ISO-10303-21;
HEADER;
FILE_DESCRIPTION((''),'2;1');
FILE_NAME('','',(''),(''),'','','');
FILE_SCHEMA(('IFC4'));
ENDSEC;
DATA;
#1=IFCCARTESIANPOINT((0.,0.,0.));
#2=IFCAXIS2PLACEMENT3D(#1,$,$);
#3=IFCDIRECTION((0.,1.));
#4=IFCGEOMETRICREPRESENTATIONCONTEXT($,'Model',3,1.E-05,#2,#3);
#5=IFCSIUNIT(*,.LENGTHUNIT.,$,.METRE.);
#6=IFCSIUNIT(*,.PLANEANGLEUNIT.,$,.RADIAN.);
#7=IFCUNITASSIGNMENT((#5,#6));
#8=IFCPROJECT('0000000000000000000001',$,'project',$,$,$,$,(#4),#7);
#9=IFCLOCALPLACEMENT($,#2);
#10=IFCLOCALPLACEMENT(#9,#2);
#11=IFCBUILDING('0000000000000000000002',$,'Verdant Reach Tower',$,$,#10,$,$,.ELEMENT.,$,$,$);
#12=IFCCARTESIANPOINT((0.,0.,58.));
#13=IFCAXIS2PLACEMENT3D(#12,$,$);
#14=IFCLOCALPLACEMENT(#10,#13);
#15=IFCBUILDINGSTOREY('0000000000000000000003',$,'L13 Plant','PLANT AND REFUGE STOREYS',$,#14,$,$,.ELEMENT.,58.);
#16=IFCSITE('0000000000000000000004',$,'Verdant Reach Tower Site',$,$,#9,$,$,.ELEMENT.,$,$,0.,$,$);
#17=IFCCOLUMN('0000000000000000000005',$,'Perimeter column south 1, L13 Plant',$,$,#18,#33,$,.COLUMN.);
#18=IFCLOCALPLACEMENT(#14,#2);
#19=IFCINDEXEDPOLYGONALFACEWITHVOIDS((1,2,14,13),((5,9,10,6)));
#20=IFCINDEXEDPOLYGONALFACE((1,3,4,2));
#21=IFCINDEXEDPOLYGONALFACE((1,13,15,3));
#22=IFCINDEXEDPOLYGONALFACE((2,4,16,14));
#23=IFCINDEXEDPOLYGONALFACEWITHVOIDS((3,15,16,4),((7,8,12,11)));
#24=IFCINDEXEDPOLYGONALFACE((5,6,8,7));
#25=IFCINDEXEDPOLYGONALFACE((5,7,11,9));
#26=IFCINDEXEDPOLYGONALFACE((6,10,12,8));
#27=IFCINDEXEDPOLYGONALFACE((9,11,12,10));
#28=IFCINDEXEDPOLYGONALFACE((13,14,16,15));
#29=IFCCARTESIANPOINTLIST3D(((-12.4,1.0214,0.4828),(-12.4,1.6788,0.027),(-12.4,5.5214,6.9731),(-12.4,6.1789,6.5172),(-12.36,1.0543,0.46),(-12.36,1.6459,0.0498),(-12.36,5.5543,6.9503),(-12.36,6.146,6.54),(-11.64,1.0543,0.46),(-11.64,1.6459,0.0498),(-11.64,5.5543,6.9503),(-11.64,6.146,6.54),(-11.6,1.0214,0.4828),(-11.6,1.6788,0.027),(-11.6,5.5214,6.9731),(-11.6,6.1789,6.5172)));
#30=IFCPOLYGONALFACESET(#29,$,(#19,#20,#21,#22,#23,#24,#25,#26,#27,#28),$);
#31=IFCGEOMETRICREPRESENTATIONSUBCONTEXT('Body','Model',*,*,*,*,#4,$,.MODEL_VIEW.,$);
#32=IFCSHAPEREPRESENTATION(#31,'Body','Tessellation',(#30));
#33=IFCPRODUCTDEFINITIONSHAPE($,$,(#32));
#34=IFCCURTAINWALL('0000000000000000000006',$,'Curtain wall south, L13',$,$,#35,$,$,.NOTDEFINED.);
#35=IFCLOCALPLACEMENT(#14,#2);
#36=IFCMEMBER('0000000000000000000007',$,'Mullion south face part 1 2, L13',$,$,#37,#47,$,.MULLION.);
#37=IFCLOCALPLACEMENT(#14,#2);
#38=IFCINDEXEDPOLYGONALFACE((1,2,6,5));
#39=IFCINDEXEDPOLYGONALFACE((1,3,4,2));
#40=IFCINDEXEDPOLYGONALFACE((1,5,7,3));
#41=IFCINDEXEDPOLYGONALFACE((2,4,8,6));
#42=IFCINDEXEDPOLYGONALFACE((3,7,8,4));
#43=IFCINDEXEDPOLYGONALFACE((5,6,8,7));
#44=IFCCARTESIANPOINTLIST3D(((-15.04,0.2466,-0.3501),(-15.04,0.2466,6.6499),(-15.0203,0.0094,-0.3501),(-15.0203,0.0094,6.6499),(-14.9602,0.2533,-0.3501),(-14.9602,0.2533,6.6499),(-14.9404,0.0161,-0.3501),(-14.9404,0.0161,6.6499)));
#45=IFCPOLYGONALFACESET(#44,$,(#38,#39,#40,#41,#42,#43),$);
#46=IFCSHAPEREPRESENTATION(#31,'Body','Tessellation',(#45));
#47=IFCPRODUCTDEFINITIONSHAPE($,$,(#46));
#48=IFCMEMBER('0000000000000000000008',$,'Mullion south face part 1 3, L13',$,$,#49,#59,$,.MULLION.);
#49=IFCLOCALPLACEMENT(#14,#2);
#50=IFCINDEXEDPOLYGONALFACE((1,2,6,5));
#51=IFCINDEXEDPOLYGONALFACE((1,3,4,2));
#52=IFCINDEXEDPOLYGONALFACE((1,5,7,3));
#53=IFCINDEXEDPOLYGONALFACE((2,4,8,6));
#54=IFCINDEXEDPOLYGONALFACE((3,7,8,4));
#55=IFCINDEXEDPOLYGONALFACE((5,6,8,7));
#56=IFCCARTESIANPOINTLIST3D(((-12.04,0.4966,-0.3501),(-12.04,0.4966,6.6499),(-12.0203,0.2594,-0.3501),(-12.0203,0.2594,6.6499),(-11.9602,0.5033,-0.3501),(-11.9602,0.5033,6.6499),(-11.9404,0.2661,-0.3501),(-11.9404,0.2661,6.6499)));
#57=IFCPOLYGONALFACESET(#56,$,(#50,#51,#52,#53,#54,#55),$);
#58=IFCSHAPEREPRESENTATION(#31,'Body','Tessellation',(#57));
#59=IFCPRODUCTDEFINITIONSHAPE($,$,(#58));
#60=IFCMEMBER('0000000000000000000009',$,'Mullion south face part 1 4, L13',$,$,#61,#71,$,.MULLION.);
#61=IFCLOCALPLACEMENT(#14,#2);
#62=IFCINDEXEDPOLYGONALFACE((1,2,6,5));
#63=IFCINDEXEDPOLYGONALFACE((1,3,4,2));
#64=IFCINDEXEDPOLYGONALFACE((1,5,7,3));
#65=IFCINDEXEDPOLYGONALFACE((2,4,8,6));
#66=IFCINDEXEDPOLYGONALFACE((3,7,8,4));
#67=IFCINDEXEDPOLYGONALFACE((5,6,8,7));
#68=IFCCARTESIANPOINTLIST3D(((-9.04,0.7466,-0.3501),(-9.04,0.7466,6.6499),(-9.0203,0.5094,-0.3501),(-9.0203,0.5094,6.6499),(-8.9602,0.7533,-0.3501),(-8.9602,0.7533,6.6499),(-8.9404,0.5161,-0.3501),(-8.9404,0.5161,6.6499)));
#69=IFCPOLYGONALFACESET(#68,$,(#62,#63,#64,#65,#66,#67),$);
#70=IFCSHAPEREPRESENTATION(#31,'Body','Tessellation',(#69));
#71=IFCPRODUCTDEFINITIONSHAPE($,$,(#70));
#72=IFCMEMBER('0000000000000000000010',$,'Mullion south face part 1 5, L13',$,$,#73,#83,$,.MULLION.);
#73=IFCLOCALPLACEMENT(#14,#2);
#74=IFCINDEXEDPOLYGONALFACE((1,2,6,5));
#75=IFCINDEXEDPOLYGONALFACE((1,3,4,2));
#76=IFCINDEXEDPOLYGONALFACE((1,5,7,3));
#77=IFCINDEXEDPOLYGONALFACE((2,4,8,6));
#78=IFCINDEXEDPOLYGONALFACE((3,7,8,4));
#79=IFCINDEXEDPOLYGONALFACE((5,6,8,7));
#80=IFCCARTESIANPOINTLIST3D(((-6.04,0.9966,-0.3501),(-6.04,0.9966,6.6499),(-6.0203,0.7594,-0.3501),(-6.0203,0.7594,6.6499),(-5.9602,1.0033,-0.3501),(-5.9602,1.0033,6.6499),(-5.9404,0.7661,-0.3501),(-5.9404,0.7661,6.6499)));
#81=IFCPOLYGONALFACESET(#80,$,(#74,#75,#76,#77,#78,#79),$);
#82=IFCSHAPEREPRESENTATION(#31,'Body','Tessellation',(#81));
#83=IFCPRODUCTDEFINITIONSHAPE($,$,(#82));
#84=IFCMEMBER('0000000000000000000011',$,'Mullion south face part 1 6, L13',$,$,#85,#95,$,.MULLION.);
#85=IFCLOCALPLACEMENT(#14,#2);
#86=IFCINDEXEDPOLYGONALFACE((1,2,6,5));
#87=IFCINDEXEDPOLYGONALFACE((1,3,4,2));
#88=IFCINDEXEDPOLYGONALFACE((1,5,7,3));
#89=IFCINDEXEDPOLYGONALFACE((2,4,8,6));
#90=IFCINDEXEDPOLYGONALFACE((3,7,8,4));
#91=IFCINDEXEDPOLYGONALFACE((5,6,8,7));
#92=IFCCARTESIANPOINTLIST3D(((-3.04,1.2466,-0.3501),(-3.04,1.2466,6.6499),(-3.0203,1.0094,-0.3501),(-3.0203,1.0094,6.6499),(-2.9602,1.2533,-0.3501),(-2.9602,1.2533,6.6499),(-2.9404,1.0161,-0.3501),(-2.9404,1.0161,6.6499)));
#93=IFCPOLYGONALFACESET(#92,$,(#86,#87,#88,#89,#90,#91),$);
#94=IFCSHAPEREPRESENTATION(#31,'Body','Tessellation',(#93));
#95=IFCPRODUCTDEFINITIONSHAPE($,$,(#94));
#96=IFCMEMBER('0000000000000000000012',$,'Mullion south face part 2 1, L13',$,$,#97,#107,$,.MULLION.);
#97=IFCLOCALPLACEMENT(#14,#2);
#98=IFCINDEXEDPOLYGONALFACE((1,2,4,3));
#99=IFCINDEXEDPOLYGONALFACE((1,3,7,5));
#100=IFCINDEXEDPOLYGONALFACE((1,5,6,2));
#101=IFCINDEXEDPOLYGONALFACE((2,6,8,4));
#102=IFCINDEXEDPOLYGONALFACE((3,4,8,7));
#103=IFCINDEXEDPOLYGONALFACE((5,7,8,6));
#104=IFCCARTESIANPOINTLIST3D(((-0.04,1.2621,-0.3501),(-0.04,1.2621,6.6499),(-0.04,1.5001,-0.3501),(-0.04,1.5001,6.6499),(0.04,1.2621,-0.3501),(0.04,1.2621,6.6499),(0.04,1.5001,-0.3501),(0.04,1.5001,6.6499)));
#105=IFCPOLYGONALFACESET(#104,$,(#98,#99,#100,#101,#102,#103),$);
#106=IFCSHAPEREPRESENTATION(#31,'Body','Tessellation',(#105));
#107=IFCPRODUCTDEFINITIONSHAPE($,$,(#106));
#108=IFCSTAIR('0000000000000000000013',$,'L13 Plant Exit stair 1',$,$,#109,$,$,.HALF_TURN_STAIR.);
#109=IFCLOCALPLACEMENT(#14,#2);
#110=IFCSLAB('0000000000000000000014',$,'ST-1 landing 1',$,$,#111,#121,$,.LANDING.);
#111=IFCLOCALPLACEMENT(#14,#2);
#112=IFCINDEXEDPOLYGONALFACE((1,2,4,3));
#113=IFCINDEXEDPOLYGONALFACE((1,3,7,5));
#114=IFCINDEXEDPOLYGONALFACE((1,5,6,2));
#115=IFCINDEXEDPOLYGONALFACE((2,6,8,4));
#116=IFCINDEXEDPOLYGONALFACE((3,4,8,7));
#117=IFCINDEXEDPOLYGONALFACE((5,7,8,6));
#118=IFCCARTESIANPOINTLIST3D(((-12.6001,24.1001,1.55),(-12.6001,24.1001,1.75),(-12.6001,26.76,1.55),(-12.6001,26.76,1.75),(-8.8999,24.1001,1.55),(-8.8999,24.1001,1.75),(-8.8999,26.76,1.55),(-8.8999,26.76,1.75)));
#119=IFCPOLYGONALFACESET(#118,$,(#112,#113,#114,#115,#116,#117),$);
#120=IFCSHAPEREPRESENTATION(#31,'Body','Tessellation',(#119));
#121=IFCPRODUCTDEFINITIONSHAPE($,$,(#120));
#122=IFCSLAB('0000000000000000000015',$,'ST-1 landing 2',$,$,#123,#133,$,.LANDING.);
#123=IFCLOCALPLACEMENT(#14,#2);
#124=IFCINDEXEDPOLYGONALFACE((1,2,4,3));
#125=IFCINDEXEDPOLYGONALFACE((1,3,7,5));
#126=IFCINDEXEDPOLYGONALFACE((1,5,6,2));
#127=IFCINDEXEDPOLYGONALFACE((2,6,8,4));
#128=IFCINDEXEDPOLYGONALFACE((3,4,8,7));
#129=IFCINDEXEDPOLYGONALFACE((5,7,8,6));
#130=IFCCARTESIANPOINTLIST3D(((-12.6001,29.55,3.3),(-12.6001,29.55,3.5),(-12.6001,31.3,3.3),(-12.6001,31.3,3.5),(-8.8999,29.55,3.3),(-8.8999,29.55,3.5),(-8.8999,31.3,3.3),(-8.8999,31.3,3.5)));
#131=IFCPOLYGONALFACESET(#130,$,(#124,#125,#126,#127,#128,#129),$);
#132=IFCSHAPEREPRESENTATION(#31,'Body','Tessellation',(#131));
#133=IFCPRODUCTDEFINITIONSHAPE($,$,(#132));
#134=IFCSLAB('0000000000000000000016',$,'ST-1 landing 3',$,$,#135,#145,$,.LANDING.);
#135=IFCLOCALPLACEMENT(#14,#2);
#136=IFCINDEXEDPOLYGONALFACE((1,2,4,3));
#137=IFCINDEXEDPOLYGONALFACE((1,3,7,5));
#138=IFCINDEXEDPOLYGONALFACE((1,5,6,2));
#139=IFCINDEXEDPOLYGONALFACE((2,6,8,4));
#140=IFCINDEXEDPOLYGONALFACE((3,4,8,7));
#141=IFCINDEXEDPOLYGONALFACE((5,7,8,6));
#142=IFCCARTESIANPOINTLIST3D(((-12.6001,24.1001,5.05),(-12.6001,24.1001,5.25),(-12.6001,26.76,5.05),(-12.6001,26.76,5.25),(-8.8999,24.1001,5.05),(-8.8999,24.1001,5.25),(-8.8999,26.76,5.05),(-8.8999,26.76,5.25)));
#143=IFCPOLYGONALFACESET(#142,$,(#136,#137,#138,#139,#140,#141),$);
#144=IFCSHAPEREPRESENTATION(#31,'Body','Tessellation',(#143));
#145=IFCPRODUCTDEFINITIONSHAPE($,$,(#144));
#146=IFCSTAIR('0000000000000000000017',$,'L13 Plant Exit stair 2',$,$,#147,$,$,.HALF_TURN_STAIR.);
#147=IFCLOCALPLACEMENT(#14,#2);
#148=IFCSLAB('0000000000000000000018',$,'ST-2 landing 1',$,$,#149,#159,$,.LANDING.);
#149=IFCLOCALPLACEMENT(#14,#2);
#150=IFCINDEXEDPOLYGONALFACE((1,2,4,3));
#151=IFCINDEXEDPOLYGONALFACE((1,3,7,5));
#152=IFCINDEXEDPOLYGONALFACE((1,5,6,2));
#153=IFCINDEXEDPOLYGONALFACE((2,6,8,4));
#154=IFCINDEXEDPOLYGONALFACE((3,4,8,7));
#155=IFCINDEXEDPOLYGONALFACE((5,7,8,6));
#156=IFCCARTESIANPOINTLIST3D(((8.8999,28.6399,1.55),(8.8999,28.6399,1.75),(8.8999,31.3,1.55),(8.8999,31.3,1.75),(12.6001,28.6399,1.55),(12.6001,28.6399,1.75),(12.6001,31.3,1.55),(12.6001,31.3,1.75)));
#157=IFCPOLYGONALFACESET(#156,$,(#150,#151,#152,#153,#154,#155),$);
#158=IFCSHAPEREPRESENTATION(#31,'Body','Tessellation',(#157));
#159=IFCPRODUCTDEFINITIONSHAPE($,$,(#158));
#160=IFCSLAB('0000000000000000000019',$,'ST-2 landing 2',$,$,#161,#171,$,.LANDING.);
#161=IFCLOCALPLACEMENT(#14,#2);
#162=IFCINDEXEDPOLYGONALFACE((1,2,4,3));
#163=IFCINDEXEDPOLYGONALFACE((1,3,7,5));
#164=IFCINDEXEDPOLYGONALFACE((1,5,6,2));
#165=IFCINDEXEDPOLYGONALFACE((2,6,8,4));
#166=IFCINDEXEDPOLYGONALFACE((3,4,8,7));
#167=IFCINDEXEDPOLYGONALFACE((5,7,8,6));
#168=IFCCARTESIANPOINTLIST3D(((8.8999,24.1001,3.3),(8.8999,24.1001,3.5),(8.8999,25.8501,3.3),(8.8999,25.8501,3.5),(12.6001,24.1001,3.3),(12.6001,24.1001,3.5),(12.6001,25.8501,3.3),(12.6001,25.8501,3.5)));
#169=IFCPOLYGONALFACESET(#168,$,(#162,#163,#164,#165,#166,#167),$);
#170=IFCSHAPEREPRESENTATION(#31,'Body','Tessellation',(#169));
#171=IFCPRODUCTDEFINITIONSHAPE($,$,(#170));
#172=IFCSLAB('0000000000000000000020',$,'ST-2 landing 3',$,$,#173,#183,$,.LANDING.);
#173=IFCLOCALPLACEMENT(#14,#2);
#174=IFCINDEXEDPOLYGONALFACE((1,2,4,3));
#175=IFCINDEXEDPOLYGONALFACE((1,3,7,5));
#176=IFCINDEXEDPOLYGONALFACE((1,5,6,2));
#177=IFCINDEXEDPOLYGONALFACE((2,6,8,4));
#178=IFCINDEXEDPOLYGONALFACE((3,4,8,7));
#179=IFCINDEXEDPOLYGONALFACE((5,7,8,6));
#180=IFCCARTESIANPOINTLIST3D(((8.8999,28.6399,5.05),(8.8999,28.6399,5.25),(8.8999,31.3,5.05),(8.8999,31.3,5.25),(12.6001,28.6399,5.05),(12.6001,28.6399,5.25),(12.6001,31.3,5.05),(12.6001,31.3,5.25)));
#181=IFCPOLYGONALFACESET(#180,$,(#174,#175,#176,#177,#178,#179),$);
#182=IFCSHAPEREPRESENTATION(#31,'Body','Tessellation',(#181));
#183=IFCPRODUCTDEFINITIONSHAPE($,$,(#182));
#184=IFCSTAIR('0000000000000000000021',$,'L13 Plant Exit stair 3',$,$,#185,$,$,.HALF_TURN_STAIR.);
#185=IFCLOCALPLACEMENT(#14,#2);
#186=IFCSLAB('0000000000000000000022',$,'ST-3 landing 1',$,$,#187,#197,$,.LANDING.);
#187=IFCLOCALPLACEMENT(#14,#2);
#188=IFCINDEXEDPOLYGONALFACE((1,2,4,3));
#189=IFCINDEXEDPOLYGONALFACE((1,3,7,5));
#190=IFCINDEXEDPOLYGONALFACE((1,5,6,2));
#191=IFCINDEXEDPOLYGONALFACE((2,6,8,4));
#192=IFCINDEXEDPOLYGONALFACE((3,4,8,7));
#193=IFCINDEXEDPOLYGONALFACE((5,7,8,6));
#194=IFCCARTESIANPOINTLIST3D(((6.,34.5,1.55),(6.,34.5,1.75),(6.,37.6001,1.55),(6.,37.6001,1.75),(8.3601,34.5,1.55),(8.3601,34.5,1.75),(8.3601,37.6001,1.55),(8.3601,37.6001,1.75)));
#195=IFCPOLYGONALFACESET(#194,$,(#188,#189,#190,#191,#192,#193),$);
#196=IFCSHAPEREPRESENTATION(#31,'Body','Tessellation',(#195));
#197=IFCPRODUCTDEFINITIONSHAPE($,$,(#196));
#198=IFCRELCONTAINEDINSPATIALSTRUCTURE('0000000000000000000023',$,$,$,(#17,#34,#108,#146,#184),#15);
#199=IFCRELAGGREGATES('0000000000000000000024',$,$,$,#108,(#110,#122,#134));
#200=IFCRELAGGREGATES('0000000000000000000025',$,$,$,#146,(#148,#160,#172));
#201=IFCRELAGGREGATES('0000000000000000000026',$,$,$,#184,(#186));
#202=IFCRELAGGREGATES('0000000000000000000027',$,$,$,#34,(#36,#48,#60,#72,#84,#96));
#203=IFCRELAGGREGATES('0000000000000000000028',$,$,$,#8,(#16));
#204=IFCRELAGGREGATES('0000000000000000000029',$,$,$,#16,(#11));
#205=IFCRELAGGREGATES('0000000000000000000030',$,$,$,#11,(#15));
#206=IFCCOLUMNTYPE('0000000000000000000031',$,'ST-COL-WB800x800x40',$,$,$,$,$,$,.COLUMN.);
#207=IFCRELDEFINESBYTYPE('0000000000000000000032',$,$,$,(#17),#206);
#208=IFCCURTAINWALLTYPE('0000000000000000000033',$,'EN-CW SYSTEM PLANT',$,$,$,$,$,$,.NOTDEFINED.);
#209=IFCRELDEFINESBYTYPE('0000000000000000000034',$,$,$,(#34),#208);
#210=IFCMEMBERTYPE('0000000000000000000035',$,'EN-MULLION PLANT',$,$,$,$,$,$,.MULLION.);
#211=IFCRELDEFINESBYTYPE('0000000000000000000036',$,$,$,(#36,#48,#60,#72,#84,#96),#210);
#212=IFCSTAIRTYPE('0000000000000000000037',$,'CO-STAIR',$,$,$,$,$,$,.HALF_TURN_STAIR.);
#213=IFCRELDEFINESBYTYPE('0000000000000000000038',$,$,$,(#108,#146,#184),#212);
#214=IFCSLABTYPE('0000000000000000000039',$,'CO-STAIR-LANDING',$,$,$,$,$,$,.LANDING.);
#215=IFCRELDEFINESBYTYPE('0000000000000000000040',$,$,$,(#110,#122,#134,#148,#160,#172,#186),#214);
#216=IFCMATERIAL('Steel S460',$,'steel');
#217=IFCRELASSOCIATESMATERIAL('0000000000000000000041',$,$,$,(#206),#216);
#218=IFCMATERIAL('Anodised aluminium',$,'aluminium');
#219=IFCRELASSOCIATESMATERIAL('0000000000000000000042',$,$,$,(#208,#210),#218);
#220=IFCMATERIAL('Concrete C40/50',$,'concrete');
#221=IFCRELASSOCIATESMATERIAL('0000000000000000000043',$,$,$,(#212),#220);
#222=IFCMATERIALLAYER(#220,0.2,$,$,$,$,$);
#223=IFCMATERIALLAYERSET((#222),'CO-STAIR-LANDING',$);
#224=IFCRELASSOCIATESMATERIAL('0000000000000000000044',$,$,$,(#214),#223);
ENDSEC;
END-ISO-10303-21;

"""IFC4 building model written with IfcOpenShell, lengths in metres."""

from ifc_helpers import new_model, si_unit, direction, frame, origin, origin_2d, place, context, subcontext, project, spatial, polyline, rectangle, hollow_rectangle, outline, extrude, material, layer, layer_set, material_profile, profile_set, type_object, element, aggregate, save


model = new_model("IFC4")

# Units and contexts
model_context = context("Model", 3, precision=1e-05, world=origin(), true_north=direction((0.0, 1.0)))
body_context = subcontext(model_context, "Body", "Model", "MODEL_VIEW")
ifc_project = project(units=[si_unit("LENGTHUNIT", "METRE"), si_unit("PLANEANGLEUNIT", "RADIAN")], contexts=[model_context])

# Site, building, storey
site_placement = place(None, origin())
site = spatial("IfcSite", under=ifc_project, at=site_placement, Name="Verdant Reach Tower Site", CompositionType="ELEMENT", RefElevation=0.0)
building_placement = place(site_placement, origin())
building = spatial("IfcBuilding", under=site, at=building_placement, Name="Verdant Reach Tower", CompositionType="ELEMENT")
storey_placement = place(building_placement, frame((0.0, 0.0, 58.0)))
storey = spatial("IfcBuildingStorey", under=building, at=storey_placement, Name="L13 Plant", Description="PLANT AND REFUGE STOREYS", CompositionType="ELEMENT", Elevation=58.0)

# Column
ifc_material_1 = material(Name="Steel S460", Category="steel")
ifc_material_profile_1 = material_profile(ifc_material_1, hollow_rectangle(XDim=0.8, YDim=0.8, WallThickness=0.04, at=origin_2d()), Name="WB 800x800x40")
ifc_profile_set_1 = profile_set([ifc_material_profile_1], Name="Steel S460")
column_type = type_object("IfcColumnType", Name="ST-COL-WB800x800x40", PredefinedType="COLUMN", material=ifc_profile_set_1)
column_placement = place(storey_placement, frame((-12.0, 1.3501, 0.2549), z_axis=(0.0, 0.569789, 0.821791), x_axis=(-1.0, 0.0, 0.0)))
element("IfcColumn", 1, at=column_placement, inside=storey, type_object=column_type, Name="Perimeter column south 1, L13 Plant", PredefinedType="COLUMN", context=body_context, shape_type="SweptSolid", body=[
    extrude(hollow_rectangle(XDim=0.8, YDim=0.8, WallThickness=0.04, at=origin_2d()), origin(), (0.0, 0.0, 1.0), 7.8977),
])

# Curtain wall, members
ifc_material_2 = material(Name="Anodised aluminium", Category="aluminium")
curtain_wall_type = type_object("IfcCurtainWallType", Name="EN-CW SYSTEM PLANT", PredefinedType="NOTDEFINED", material=ifc_material_2)
curtain_wall_placement = place(storey_placement, origin())
curtain_wall = element("IfcCurtainWall", 2, at=curtain_wall_placement, inside=storey, type_object=curtain_wall_type, Name="Curtain wall south, L13", PredefinedType="NOTDEFINED")
ifc_material_profile_2 = material_profile(ifc_material_2, rectangle(XDim=0.238, YDim=0.0801, at=origin_2d()), Name="Mullion 80x240")
ifc_profile_set_2 = profile_set([ifc_material_profile_2], Name="Anodised aluminium")
member_type = type_object("IfcMemberType", Name="EN-MULLION PLANT", PredefinedType="MULLION", material=ifc_profile_set_2)
member_1_placement = place(storey_placement, frame((-14.9902, 0.1313, -0.3501), z_axis=(0.0, 0.0, 1.0), x_axis=(0.083045, -0.996546, 0.0)))
member_1 = element("IfcMember", 3, at=member_1_placement, type_object=member_type, Name="Mullion south face part 1 2, L13", PredefinedType="MULLION", context=body_context, shape_type="SweptSolid", body=[
    extrude(rectangle(XDim=0.238, YDim=0.0801, at=origin_2d()), origin(), (0.0, 0.0, 1.0), 7.0),
])
member_2_placement = place(storey_placement, frame((-11.9902, 0.3813, -0.3501), z_axis=(0.0, 0.0, 1.0), x_axis=(0.083045, -0.996546, 0.0)))
member_2 = element("IfcMember", 4, at=member_2_placement, type_object=member_type, Name="Mullion south face part 1 3, L13", PredefinedType="MULLION", context=body_context, shape_type="SweptSolid", body=[
    extrude(rectangle(XDim=0.238, YDim=0.0801, at=origin_2d()), origin(), (0.0, 0.0, 1.0), 7.0),
])
member_3_placement = place(storey_placement, frame((-8.9902, 0.6313, -0.3501), z_axis=(0.0, 0.0, 1.0), x_axis=(0.083045, -0.996546, 0.0)))
member_3 = element("IfcMember", 5, at=member_3_placement, type_object=member_type, Name="Mullion south face part 1 4, L13", PredefinedType="MULLION", context=body_context, shape_type="SweptSolid", body=[
    extrude(rectangle(XDim=0.238, YDim=0.0801, at=origin_2d()), origin(), (0.0, 0.0, 1.0), 7.0),
])
member_4_placement = place(storey_placement, frame((-5.9902, 0.8813, -0.3501), z_axis=(0.0, 0.0, 1.0), x_axis=(0.083045, -0.996546, 0.0)))
member_4 = element("IfcMember", 6, at=member_4_placement, type_object=member_type, Name="Mullion south face part 1 5, L13", PredefinedType="MULLION", context=body_context, shape_type="SweptSolid", body=[
    extrude(rectangle(XDim=0.238, YDim=0.0801, at=origin_2d()), origin(), (0.0, 0.0, 1.0), 7.0),
])
member_5_placement = place(storey_placement, frame((-2.9902, 1.1313, -0.3501), z_axis=(0.0, 0.0, 1.0), x_axis=(0.083045, -0.996546, 0.0)))
member_5 = element("IfcMember", 7, at=member_5_placement, type_object=member_type, Name="Mullion south face part 1 6, L13", PredefinedType="MULLION", context=body_context, shape_type="SweptSolid", body=[
    extrude(rectangle(XDim=0.238, YDim=0.0801, at=origin_2d()), origin(), (0.0, 0.0, 1.0), 7.0),
])
member_6_placement = place(storey_placement, frame((0.0, 1.3811, -0.3501), z_axis=(0.0, 0.0, 1.0), x_axis=(0.0, -1.0, 0.0)))
member_6 = element("IfcMember", 8, at=member_6_placement, type_object=member_type, Name="Mullion south face part 2 1, L13", PredefinedType="MULLION", context=body_context, shape_type="SweptSolid", body=[
    extrude(rectangle(XDim=0.238, YDim=0.0801, at=origin_2d()), origin(), (0.0, 0.0, 1.0), 7.0),
])

# Stairs, slabs
ifc_material_3 = material(Name="Concrete C40/50", Category="concrete")
stair_type = type_object("IfcStairType", Name="CO-STAIR", PredefinedType="HALF_TURN_STAIR", material=ifc_material_3)
stair_1_placement = place(storey_placement, origin())
stair_1 = element("IfcStair", 9, at=stair_1_placement, inside=storey, type_object=stair_type, Name="L13 Plant Exit stair 1", PredefinedType="HALF_TURN_STAIR")
ifc_layer_1 = layer(ifc_material_3, 0.2)
ifc_layer_set_1 = layer_set([ifc_layer_1], Name="CO-STAIR-LANDING")
slab_type_1 = type_object("IfcSlabType", Name="CO-STAIR-LANDING", PredefinedType="LANDING", material=ifc_layer_set_1)
slab_1_placement = place(storey_placement, frame((0.0, 0.0, 1.55)))
slab_1 = element("IfcSlab", 10, at=slab_1_placement, type_object=slab_type_1, Name="ST-1 landing 1", PredefinedType="LANDING", context=body_context, shape_type="SweptSolid", body=[
    extrude(outline(polyline([(-12.6001, 26.76), (-12.6001, 24.1001), (-8.8999, 24.1001), (-8.8999, 26.76), (-12.6001, 26.76)])), origin(), (0.0, 0.0, 1.0), 0.2),
])
slab_2_placement = place(storey_placement, frame((0.0, 0.0, 3.3)))
slab_2 = element("IfcSlab", 11, at=slab_2_placement, type_object=slab_type_1, Name="ST-1 landing 2", PredefinedType="LANDING", context=body_context, shape_type="SweptSolid", body=[
    extrude(outline(polyline([(-12.6001, 31.3), (-12.6001, 29.55), (-8.8999, 29.55), (-8.8999, 31.3), (-12.6001, 31.3)])), origin(), (0.0, 0.0, 1.0), 0.2),
])
slab_3_placement = place(storey_placement, frame((0.0, 0.0, 5.05)))
slab_3 = element("IfcSlab", 12, at=slab_3_placement, type_object=slab_type_1, Name="ST-1 landing 3", PredefinedType="LANDING", context=body_context, shape_type="SweptSolid", body=[
    extrude(outline(polyline([(-12.6001, 26.76), (-12.6001, 24.1001), (-8.8999, 24.1001), (-8.8999, 26.76), (-12.6001, 26.76)])), origin(), (0.0, 0.0, 1.0), 0.2),
])
aggregate(stair_1, [slab_1, slab_2, slab_3])
stair_2_placement = place(storey_placement, origin())
stair_2 = element("IfcStair", 13, at=stair_2_placement, inside=storey, type_object=stair_type, Name="L13 Plant Exit stair 2", PredefinedType="HALF_TURN_STAIR")
slab_4_placement = place(storey_placement, frame((0.0, 0.0, 1.55)))
slab_4 = element("IfcSlab", 14, at=slab_4_placement, type_object=slab_type_1, Name="ST-2 landing 1", PredefinedType="LANDING", context=body_context, shape_type="SweptSolid", body=[
    extrude(outline(polyline([(12.6001, 28.6399), (12.6001, 31.3), (8.8999, 31.3), (8.8999, 28.6399), (12.6001, 28.6399)])), origin(), (0.0, 0.0, 1.0), 0.2),
])
slab_5_placement = place(storey_placement, frame((0.0, 0.0, 3.3)))
slab_5 = element("IfcSlab", 15, at=slab_5_placement, type_object=slab_type_1, Name="ST-2 landing 2", PredefinedType="LANDING", context=body_context, shape_type="SweptSolid", body=[
    extrude(outline(polyline([(12.6001, 24.1001), (12.6001, 25.8501), (8.8999, 25.8501), (8.8999, 24.1001), (12.6001, 24.1001)])), origin(), (0.0, 0.0, 1.0), 0.2),
])
slab_6_placement = place(storey_placement, frame((0.0, 0.0, 5.05)))
slab_6 = element("IfcSlab", 16, at=slab_6_placement, type_object=slab_type_1, Name="ST-2 landing 3", PredefinedType="LANDING", context=body_context, shape_type="SweptSolid", body=[
    extrude(outline(polyline([(12.6001, 28.6399), (12.6001, 31.3), (8.8999, 31.3), (8.8999, 28.6399), (12.6001, 28.6399)])), origin(), (0.0, 0.0, 1.0), 0.2),
])
aggregate(stair_2, [slab_4, slab_5, slab_6])
stair_3_placement = place(storey_placement, origin())
stair_3 = element("IfcStair", 17, at=stair_3_placement, inside=storey, type_object=stair_type, Name="L13 Plant Exit stair 3", PredefinedType="HALF_TURN_STAIR")
slab_7_placement = place(storey_placement, frame((0.0, 0.0, 1.55)))
slab_7 = element("IfcSlab", 18, at=slab_7_placement, type_object=slab_type_1, Name="ST-3 landing 1", PredefinedType="LANDING", context=body_context, shape_type="SweptSolid", body=[
    extrude(outline(polyline([(8.3601, 37.6001), (6.0, 37.6001), (6.0, 34.5), (8.3601, 34.5), (8.3601, 37.6001)])), origin(), (0.0, 0.0, 1.0), 0.2),
])
aggregate(stair_3, [slab_7])

aggregate(curtain_wall, [member_1, member_2, member_3, member_4, member_5, member_6])

save(model, "model.ifc")
